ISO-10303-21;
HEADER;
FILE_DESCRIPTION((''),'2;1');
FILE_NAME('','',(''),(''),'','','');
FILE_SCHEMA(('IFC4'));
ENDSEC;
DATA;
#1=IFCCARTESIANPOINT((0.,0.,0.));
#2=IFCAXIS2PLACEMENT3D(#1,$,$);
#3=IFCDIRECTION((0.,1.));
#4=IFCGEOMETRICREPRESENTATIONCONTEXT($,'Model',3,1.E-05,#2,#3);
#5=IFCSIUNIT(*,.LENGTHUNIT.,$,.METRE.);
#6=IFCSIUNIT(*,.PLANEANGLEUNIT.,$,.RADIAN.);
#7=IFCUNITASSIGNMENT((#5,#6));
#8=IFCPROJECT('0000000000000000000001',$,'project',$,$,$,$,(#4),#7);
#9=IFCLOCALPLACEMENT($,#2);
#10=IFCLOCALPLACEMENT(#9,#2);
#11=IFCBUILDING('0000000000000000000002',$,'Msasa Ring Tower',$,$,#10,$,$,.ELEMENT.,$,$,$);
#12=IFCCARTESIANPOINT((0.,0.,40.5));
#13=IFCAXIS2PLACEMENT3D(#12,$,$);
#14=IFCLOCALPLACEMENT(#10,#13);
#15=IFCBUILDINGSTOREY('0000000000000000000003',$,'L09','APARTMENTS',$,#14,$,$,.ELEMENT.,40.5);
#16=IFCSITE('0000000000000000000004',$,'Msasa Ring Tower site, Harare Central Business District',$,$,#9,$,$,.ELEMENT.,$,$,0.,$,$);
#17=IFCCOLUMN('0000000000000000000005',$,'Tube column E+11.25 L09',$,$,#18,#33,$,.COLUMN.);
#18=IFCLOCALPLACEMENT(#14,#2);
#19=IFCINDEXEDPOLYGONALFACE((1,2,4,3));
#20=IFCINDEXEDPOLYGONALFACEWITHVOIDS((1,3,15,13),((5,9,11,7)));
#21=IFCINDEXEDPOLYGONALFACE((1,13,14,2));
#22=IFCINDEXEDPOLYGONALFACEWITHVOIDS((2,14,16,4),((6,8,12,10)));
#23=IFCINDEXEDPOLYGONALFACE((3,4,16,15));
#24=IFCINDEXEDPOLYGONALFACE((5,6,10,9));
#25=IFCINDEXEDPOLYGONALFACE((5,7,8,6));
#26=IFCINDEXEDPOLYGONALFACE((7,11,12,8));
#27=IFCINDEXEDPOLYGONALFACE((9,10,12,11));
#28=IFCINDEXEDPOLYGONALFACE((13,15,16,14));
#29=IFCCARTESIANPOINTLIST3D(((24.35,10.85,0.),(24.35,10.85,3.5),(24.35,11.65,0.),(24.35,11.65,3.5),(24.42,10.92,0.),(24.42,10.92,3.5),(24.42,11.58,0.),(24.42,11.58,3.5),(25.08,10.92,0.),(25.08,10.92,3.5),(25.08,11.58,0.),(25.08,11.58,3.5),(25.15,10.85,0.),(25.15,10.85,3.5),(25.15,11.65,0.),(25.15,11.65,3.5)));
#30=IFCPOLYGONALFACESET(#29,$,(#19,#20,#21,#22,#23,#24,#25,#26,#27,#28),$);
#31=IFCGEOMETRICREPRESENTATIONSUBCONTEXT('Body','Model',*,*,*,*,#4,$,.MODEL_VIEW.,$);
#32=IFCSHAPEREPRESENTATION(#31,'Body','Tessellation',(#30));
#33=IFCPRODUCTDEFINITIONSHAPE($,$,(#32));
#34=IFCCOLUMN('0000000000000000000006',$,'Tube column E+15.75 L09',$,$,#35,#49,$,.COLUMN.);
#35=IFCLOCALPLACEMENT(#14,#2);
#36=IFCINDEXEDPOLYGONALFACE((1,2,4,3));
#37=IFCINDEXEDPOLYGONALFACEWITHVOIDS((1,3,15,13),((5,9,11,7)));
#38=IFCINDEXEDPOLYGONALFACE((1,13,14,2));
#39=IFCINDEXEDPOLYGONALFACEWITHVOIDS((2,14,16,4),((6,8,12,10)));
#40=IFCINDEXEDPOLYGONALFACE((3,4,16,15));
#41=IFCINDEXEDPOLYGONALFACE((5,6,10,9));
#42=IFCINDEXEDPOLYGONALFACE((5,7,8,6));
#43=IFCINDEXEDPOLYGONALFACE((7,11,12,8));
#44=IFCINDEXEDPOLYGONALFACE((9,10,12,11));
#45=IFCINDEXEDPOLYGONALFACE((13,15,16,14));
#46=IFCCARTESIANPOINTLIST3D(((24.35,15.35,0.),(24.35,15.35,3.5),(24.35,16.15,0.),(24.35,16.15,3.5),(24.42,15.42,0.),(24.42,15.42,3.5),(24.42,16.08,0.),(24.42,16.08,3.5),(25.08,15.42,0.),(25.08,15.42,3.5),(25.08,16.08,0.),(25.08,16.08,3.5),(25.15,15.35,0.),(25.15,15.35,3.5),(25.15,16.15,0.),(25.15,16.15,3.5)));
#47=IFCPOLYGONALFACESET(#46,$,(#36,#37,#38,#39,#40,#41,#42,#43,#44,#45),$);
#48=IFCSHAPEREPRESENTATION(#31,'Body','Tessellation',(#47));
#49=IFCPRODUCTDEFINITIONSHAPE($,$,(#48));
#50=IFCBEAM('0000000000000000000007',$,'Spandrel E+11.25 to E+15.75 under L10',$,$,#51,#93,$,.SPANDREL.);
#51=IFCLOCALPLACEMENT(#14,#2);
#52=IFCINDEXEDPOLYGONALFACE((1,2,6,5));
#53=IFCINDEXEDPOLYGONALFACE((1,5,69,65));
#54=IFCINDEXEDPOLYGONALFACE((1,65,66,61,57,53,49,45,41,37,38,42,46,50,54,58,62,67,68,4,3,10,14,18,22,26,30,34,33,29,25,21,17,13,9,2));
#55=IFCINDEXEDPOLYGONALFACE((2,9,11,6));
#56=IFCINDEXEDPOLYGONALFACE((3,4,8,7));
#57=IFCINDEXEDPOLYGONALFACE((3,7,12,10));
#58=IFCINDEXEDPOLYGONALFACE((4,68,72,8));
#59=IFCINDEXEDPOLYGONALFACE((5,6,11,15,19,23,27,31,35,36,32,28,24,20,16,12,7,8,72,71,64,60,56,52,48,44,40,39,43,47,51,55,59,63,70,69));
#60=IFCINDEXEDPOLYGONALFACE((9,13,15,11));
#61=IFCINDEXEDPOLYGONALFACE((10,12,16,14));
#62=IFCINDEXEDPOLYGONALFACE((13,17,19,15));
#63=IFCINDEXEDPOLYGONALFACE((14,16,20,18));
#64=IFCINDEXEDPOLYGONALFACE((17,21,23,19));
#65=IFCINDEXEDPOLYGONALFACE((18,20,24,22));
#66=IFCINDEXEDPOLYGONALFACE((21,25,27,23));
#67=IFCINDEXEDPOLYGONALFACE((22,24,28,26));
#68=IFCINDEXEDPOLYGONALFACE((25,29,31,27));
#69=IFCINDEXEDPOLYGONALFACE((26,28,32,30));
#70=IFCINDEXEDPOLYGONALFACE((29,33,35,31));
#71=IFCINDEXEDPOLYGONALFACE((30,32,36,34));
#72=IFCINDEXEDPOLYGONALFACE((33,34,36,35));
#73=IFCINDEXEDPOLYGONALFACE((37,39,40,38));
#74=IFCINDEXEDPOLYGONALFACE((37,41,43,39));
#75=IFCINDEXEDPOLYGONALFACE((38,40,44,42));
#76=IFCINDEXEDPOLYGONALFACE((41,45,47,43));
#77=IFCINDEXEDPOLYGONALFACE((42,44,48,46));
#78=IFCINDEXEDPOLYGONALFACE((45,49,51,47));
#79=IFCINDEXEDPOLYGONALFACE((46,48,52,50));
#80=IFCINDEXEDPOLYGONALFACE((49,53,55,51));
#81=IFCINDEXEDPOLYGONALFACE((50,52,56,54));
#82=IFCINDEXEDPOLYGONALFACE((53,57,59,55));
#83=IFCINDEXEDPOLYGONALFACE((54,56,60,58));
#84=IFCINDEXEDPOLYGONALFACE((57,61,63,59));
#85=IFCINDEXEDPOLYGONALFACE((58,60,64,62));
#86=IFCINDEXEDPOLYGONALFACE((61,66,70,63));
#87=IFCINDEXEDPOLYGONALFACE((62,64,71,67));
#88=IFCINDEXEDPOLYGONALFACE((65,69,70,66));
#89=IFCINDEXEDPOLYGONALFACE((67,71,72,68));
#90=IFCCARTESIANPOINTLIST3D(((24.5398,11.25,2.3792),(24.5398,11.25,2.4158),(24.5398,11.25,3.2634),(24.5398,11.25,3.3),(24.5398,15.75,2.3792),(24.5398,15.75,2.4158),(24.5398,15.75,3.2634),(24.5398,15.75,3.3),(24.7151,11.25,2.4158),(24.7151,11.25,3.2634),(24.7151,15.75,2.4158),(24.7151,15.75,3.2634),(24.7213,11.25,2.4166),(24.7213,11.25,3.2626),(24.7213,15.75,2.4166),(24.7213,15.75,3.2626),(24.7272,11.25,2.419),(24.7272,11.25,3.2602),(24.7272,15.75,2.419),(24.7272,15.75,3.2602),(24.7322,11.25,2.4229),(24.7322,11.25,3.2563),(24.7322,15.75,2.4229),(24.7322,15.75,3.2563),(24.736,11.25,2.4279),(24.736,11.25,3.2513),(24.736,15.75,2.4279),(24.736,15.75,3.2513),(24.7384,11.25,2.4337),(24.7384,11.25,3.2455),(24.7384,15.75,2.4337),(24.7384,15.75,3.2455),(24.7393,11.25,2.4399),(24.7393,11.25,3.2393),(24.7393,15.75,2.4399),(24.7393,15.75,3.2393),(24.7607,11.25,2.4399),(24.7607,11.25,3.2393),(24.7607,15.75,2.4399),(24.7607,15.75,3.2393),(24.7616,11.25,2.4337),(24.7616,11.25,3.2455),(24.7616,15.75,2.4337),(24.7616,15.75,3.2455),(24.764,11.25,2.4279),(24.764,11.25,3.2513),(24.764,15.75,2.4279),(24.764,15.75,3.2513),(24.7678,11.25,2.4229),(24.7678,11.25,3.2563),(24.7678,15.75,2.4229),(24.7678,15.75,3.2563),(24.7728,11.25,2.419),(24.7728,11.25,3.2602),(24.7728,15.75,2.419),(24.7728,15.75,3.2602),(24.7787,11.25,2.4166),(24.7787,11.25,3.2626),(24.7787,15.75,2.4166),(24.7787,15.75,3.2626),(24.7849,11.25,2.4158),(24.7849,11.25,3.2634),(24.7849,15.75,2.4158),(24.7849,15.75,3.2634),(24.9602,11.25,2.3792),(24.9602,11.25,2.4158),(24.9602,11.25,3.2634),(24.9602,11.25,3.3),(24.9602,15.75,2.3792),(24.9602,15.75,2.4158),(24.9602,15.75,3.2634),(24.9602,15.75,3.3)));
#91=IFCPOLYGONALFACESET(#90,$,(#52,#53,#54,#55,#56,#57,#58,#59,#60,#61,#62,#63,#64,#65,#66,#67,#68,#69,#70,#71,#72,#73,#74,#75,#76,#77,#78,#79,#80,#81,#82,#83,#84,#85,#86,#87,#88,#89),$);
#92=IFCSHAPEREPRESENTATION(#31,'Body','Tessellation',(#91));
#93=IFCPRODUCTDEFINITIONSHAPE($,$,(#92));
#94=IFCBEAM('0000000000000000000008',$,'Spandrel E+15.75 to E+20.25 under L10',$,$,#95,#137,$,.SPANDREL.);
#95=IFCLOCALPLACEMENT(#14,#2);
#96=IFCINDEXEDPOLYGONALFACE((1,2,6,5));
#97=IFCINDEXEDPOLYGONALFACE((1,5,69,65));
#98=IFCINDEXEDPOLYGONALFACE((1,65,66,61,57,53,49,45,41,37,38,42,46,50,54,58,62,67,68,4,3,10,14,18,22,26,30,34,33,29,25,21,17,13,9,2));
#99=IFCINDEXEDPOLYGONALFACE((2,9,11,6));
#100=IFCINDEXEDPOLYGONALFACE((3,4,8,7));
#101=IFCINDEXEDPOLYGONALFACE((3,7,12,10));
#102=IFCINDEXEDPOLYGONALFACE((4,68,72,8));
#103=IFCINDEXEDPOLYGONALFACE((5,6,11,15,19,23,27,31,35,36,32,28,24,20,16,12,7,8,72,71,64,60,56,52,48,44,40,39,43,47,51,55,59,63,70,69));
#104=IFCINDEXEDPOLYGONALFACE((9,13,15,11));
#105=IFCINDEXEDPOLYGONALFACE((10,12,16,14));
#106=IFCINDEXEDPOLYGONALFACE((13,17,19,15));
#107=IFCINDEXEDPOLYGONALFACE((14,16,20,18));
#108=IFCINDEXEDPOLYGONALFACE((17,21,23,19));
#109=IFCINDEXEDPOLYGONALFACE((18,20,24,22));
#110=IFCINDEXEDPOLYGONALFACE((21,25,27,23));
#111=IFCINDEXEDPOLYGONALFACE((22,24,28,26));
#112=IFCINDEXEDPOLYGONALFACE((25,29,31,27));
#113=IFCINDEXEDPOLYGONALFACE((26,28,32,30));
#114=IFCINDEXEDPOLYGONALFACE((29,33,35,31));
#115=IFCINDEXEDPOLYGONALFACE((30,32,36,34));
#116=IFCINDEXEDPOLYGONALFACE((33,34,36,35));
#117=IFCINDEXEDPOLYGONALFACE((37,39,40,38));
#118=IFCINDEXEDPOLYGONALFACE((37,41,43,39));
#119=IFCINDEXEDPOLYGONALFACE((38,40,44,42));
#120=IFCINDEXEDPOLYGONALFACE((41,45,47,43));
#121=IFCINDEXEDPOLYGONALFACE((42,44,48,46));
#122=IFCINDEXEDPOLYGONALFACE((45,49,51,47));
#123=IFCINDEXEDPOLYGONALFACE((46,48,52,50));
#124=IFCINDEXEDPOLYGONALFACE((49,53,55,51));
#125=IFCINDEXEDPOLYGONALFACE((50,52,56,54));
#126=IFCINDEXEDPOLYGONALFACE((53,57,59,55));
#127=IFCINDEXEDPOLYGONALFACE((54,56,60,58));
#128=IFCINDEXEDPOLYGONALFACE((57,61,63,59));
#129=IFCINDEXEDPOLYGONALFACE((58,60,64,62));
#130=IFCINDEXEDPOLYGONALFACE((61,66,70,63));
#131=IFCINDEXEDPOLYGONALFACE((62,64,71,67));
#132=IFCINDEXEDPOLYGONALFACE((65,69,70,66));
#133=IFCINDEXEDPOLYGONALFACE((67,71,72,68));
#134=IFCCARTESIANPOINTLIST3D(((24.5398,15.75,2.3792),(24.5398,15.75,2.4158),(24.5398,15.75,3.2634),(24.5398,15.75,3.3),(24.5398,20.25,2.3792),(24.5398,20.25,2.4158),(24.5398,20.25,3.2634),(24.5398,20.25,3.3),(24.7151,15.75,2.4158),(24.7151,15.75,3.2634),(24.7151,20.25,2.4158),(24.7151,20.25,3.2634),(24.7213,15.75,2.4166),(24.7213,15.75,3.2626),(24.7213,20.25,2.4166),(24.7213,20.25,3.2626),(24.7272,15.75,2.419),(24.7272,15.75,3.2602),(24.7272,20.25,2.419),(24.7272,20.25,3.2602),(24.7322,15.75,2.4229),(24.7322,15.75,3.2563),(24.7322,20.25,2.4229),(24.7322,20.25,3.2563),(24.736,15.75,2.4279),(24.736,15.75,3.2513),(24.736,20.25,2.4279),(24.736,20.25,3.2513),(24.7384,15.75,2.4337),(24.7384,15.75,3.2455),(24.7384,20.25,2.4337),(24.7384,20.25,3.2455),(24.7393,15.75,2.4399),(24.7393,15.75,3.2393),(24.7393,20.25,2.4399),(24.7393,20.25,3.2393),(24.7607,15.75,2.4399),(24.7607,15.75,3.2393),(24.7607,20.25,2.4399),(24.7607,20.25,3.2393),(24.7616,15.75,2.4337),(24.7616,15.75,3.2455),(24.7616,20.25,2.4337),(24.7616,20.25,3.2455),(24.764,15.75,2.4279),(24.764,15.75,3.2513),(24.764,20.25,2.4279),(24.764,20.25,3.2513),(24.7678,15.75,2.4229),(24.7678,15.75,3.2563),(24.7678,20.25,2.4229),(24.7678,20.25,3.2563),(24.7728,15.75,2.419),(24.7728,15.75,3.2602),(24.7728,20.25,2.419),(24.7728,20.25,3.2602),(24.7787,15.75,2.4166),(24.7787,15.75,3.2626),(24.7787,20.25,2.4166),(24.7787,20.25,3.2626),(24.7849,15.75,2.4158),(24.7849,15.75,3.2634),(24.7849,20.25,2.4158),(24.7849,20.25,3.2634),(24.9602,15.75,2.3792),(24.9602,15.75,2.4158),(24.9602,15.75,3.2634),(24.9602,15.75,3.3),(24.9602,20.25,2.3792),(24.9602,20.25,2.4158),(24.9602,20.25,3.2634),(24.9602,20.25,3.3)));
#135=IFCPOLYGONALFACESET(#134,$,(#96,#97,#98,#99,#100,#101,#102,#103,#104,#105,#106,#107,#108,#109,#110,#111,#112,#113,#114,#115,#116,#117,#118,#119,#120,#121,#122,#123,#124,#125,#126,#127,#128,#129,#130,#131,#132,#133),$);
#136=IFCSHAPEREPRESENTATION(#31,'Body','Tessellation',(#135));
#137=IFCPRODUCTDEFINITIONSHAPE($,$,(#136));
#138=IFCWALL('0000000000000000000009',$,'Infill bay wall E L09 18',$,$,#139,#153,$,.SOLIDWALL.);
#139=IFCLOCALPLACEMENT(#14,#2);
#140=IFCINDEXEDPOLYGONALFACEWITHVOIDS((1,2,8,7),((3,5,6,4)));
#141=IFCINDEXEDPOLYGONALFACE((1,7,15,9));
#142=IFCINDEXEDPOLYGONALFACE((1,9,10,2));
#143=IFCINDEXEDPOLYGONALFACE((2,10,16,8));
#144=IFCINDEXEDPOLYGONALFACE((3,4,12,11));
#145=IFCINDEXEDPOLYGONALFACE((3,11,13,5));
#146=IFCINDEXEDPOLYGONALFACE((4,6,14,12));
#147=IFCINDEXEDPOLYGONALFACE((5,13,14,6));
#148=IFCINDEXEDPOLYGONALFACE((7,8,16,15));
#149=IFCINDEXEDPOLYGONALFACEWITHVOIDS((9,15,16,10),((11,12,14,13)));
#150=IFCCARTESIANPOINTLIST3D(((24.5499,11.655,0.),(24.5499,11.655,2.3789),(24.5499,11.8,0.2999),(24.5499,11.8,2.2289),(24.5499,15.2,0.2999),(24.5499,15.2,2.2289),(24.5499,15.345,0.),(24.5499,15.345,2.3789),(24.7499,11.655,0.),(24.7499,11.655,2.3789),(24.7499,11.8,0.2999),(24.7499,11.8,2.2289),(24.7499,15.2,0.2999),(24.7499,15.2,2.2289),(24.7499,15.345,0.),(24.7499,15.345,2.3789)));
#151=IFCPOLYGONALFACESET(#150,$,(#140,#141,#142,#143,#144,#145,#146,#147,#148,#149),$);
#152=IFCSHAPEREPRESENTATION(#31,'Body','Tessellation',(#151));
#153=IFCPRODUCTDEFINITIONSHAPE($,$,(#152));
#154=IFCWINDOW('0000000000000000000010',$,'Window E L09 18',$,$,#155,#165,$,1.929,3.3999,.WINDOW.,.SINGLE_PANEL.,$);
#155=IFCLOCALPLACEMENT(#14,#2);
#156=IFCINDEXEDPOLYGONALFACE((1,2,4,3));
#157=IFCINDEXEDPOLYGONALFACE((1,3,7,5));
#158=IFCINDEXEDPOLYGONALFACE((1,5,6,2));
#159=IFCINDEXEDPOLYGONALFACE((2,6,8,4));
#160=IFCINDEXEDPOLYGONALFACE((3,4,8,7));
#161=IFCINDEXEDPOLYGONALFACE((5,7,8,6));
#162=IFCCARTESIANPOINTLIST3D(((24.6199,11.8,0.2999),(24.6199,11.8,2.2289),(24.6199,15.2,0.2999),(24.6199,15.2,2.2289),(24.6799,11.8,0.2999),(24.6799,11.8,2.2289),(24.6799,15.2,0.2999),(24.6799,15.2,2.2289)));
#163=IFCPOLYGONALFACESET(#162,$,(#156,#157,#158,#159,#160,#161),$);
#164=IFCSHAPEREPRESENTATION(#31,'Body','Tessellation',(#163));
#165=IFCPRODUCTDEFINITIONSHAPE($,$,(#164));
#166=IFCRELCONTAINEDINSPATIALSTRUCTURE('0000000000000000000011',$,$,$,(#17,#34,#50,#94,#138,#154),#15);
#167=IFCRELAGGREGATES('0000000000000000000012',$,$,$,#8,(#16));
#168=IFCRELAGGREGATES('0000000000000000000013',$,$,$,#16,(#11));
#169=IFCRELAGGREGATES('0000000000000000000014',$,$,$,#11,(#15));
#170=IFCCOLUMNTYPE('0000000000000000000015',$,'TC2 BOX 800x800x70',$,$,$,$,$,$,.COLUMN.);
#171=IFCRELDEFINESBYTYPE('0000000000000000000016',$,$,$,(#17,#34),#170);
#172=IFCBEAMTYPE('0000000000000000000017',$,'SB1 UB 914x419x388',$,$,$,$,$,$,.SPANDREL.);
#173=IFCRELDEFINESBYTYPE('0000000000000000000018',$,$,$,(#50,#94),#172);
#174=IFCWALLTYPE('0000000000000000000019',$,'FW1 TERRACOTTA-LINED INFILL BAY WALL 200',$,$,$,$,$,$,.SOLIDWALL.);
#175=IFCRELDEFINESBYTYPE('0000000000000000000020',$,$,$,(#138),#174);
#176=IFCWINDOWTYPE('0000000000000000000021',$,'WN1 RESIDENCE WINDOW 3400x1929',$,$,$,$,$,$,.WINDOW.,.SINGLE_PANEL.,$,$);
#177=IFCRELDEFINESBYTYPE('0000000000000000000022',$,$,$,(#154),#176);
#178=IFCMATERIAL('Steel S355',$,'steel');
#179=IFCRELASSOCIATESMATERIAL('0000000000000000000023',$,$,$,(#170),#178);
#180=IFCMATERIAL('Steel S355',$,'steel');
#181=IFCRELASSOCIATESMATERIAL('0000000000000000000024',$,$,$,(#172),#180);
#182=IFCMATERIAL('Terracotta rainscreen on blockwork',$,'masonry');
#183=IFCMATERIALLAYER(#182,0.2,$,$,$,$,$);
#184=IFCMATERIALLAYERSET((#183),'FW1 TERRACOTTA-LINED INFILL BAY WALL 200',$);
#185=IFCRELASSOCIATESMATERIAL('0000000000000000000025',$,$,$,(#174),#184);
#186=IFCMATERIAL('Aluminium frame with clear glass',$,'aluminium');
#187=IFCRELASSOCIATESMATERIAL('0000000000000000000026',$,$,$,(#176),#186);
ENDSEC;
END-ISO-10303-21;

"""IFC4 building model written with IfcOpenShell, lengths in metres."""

from ifc_helpers import new_model, si_unit, direction, frame, frame_2d, origin, origin_2d, place, context, subcontext, project, spatial, rectangle, hollow_rectangle, i_section, extrude, material, layer, layer_set, material_profile, profile_set, type_object, element, fill, save


model = new_model("IFC4")

# Units and contexts
model_context = context("Model", 3, precision=1e-05, world=origin(), true_north=direction((0.0, 1.0)))
body_context = subcontext(model_context, "Body", "Model", "MODEL_VIEW")
ifc_project = project(units=[si_unit("LENGTHUNIT", "METRE"), si_unit("PLANEANGLEUNIT", "RADIAN")], contexts=[model_context])

# Site, building, storey
site_placement = place(None, origin())
site = spatial("IfcSite", under=ifc_project, at=site_placement, Name="Msasa Ring Tower site, Harare Central Business District", CompositionType="ELEMENT", RefElevation=0.0)
building_placement = place(site_placement, origin())
building = spatial("IfcBuilding", under=site, at=building_placement, Name="Msasa Ring Tower", CompositionType="ELEMENT")
storey_placement = place(building_placement, frame((0.0, 0.0, 40.5)))
storey = spatial("IfcBuildingStorey", under=building, at=storey_placement, Name="L09", Description="APARTMENTS", CompositionType="ELEMENT", Elevation=40.5)

# Columns
ifc_material_1 = material(Name="Steel S355", Category="steel")
ifc_material_profile_1 = material_profile(ifc_material_1, hollow_rectangle(XDim=0.8, YDim=0.8, WallThickness=0.0701, at=origin_2d()), Name="BOX 800x800x70")
ifc_profile_set_1 = profile_set([ifc_material_profile_1], Name="Steel S355")
column_type = type_object("IfcColumnType", Name="TC2 BOX 800x800x70", PredefinedType="COLUMN", material=ifc_profile_set_1)
for number, where, z_axis, x_axis, name in (
    (1, (24.75, 11.25, 0.0), (0.0, 0.0, 1.0), (1.0, 0.0, 0.0), "Tube column E+11.25 L09"),
    (2, (24.75, 15.75, 0.0), (0.0, 0.0, 1.0), (1.0, 0.0, 0.0), "Tube column E+15.75 L09"),
):
    element("IfcColumn", number, at=place(storey_placement, frame(where, z_axis=z_axis, x_axis=x_axis)), inside=storey, type_object=column_type, Name=name, PredefinedType="COLUMN", context=body_context, shape_type="SweptSolid", body=[
        extrude(hollow_rectangle(XDim=0.8, YDim=0.8, WallThickness=0.0701, at=origin_2d()), origin(), (0.0, 0.0, 1.0), 3.5),
    ])

# Beams
ifc_material_2 = material(Name="Steel S355", Category="steel")
ifc_material_profile_2 = material_profile(ifc_material_2, i_section(OverallWidth=0.4204, OverallDepth=0.9209, WebThickness=0.0215, FlangeThickness=0.0366, FilletRadius=0.0242, at=origin_2d()), Name="UB 914x419x388")
ifc_profile_set_2 = profile_set([ifc_material_profile_2], Name="Steel S355")
beam_type = type_object("IfcBeamType", Name="SB1 UB 914x419x388", PredefinedType="SPANDREL", material=ifc_profile_set_2)
for number, where, z_axis, x_axis, name in (
    (3, (24.75, 11.25, 2.8396), (0.0, 1.0, 0.0), (-1.0, 0.0, 0.0), "Spandrel E+11.25 to E+15.75 under L10"),
    (4, (24.75, 15.75, 2.8396), (0.0, 1.0, 0.0), (-1.0, 0.0, 0.0), "Spandrel E+15.75 to E+20.25 under L10"),
):
    element("IfcBeam", number, at=place(storey_placement, frame(where, z_axis=z_axis, x_axis=x_axis)), inside=storey, type_object=beam_type, Name=name, PredefinedType="SPANDREL", context=body_context, shape_type="SweptSolid", body=[
        extrude(i_section(OverallWidth=0.4204, OverallDepth=0.9209, WebThickness=0.0215, FlangeThickness=0.0366, FilletRadius=0.0242, at=origin_2d()), origin(), (0.0, 0.0, 1.0), 4.5),
    ])

# Wall, opening, window
ifc_material_3 = material(Name="Terracotta rainscreen on blockwork", Category="masonry")
ifc_layer_1 = layer(ifc_material_3, 0.2)
ifc_layer_set_1 = layer_set([ifc_layer_1], Name="FW1 TERRACOTTA-LINED INFILL BAY WALL 200")
wall_type_1 = type_object("IfcWallType", Name="FW1 TERRACOTTA-LINED INFILL BAY WALL 200", PredefinedType="SOLIDWALL", material=ifc_layer_set_1)
wall_1_placement = place(storey_placement, frame((24.6499, 11.655, 0.0), z_axis=(0.0, 0.0, 1.0), x_axis=(0.0, 1.0, 0.0)))
wall_1 = element("IfcWall", 5, at=wall_1_placement, inside=storey, type_object=wall_type_1, Name="Infill bay wall E L09 18", PredefinedType="SOLIDWALL", context=body_context, shape_type="SweptSolid", body=[
    extrude(rectangle(XDim=3.6899, YDim=0.2, at=frame_2d((1.845, 0.0))), origin(), (0.0, 0.0, 1.0), 2.3789),
])
opening_1_placement = place(wall_1_placement, frame((0.145, 0.0, 0.3)))
opening_1 = element("IfcOpeningElement", 6, at=opening_1_placement, cuts=wall_1, PredefinedType="OPENING", context=body_context, shape_type="SweptSolid", body=[
    extrude(rectangle(XDim=3.3999, YDim=1.929, at=frame_2d((1.7, 0.9644))), frame((0.0, 0.1099, 0.0), z_axis=(0.0, -1.0, 0.0), x_axis=(1.0, 0.0, 0.0)), (0.0, 0.0, 1.0), 0.22),
])
ifc_material_4 = material(Name="Aluminium frame with clear glass", Category="aluminium")
window_type = type_object("IfcWindowType", Name="WN1 RESIDENCE WINDOW 3400x1929", PartitioningType="SINGLE_PANEL", PredefinedType="WINDOW", material=ifc_material_4)
window_1_placement = place(opening_1_placement, origin())
window_1 = element("IfcWindow", 7, at=window_1_placement, inside=storey, type_object=window_type, Name="Window E L09 18", OverallHeight=1.929, OverallWidth=3.3999, PartitioningType="SINGLE_PANEL", PredefinedType="WINDOW", context=body_context, shape_type="SweptSolid", body=[
    extrude(rectangle(XDim=3.3999, YDim=1.929, at=frame_2d((1.7, 0.9644))), frame((0.0, 0.03, 0.0), z_axis=(0.0, -1.0, 0.0), x_axis=(1.0, 0.0, 0.0)), (0.0, 0.0, 1.0), 0.0601),
])
fill(opening_1, window_1)

save(model, "model.ifc")
